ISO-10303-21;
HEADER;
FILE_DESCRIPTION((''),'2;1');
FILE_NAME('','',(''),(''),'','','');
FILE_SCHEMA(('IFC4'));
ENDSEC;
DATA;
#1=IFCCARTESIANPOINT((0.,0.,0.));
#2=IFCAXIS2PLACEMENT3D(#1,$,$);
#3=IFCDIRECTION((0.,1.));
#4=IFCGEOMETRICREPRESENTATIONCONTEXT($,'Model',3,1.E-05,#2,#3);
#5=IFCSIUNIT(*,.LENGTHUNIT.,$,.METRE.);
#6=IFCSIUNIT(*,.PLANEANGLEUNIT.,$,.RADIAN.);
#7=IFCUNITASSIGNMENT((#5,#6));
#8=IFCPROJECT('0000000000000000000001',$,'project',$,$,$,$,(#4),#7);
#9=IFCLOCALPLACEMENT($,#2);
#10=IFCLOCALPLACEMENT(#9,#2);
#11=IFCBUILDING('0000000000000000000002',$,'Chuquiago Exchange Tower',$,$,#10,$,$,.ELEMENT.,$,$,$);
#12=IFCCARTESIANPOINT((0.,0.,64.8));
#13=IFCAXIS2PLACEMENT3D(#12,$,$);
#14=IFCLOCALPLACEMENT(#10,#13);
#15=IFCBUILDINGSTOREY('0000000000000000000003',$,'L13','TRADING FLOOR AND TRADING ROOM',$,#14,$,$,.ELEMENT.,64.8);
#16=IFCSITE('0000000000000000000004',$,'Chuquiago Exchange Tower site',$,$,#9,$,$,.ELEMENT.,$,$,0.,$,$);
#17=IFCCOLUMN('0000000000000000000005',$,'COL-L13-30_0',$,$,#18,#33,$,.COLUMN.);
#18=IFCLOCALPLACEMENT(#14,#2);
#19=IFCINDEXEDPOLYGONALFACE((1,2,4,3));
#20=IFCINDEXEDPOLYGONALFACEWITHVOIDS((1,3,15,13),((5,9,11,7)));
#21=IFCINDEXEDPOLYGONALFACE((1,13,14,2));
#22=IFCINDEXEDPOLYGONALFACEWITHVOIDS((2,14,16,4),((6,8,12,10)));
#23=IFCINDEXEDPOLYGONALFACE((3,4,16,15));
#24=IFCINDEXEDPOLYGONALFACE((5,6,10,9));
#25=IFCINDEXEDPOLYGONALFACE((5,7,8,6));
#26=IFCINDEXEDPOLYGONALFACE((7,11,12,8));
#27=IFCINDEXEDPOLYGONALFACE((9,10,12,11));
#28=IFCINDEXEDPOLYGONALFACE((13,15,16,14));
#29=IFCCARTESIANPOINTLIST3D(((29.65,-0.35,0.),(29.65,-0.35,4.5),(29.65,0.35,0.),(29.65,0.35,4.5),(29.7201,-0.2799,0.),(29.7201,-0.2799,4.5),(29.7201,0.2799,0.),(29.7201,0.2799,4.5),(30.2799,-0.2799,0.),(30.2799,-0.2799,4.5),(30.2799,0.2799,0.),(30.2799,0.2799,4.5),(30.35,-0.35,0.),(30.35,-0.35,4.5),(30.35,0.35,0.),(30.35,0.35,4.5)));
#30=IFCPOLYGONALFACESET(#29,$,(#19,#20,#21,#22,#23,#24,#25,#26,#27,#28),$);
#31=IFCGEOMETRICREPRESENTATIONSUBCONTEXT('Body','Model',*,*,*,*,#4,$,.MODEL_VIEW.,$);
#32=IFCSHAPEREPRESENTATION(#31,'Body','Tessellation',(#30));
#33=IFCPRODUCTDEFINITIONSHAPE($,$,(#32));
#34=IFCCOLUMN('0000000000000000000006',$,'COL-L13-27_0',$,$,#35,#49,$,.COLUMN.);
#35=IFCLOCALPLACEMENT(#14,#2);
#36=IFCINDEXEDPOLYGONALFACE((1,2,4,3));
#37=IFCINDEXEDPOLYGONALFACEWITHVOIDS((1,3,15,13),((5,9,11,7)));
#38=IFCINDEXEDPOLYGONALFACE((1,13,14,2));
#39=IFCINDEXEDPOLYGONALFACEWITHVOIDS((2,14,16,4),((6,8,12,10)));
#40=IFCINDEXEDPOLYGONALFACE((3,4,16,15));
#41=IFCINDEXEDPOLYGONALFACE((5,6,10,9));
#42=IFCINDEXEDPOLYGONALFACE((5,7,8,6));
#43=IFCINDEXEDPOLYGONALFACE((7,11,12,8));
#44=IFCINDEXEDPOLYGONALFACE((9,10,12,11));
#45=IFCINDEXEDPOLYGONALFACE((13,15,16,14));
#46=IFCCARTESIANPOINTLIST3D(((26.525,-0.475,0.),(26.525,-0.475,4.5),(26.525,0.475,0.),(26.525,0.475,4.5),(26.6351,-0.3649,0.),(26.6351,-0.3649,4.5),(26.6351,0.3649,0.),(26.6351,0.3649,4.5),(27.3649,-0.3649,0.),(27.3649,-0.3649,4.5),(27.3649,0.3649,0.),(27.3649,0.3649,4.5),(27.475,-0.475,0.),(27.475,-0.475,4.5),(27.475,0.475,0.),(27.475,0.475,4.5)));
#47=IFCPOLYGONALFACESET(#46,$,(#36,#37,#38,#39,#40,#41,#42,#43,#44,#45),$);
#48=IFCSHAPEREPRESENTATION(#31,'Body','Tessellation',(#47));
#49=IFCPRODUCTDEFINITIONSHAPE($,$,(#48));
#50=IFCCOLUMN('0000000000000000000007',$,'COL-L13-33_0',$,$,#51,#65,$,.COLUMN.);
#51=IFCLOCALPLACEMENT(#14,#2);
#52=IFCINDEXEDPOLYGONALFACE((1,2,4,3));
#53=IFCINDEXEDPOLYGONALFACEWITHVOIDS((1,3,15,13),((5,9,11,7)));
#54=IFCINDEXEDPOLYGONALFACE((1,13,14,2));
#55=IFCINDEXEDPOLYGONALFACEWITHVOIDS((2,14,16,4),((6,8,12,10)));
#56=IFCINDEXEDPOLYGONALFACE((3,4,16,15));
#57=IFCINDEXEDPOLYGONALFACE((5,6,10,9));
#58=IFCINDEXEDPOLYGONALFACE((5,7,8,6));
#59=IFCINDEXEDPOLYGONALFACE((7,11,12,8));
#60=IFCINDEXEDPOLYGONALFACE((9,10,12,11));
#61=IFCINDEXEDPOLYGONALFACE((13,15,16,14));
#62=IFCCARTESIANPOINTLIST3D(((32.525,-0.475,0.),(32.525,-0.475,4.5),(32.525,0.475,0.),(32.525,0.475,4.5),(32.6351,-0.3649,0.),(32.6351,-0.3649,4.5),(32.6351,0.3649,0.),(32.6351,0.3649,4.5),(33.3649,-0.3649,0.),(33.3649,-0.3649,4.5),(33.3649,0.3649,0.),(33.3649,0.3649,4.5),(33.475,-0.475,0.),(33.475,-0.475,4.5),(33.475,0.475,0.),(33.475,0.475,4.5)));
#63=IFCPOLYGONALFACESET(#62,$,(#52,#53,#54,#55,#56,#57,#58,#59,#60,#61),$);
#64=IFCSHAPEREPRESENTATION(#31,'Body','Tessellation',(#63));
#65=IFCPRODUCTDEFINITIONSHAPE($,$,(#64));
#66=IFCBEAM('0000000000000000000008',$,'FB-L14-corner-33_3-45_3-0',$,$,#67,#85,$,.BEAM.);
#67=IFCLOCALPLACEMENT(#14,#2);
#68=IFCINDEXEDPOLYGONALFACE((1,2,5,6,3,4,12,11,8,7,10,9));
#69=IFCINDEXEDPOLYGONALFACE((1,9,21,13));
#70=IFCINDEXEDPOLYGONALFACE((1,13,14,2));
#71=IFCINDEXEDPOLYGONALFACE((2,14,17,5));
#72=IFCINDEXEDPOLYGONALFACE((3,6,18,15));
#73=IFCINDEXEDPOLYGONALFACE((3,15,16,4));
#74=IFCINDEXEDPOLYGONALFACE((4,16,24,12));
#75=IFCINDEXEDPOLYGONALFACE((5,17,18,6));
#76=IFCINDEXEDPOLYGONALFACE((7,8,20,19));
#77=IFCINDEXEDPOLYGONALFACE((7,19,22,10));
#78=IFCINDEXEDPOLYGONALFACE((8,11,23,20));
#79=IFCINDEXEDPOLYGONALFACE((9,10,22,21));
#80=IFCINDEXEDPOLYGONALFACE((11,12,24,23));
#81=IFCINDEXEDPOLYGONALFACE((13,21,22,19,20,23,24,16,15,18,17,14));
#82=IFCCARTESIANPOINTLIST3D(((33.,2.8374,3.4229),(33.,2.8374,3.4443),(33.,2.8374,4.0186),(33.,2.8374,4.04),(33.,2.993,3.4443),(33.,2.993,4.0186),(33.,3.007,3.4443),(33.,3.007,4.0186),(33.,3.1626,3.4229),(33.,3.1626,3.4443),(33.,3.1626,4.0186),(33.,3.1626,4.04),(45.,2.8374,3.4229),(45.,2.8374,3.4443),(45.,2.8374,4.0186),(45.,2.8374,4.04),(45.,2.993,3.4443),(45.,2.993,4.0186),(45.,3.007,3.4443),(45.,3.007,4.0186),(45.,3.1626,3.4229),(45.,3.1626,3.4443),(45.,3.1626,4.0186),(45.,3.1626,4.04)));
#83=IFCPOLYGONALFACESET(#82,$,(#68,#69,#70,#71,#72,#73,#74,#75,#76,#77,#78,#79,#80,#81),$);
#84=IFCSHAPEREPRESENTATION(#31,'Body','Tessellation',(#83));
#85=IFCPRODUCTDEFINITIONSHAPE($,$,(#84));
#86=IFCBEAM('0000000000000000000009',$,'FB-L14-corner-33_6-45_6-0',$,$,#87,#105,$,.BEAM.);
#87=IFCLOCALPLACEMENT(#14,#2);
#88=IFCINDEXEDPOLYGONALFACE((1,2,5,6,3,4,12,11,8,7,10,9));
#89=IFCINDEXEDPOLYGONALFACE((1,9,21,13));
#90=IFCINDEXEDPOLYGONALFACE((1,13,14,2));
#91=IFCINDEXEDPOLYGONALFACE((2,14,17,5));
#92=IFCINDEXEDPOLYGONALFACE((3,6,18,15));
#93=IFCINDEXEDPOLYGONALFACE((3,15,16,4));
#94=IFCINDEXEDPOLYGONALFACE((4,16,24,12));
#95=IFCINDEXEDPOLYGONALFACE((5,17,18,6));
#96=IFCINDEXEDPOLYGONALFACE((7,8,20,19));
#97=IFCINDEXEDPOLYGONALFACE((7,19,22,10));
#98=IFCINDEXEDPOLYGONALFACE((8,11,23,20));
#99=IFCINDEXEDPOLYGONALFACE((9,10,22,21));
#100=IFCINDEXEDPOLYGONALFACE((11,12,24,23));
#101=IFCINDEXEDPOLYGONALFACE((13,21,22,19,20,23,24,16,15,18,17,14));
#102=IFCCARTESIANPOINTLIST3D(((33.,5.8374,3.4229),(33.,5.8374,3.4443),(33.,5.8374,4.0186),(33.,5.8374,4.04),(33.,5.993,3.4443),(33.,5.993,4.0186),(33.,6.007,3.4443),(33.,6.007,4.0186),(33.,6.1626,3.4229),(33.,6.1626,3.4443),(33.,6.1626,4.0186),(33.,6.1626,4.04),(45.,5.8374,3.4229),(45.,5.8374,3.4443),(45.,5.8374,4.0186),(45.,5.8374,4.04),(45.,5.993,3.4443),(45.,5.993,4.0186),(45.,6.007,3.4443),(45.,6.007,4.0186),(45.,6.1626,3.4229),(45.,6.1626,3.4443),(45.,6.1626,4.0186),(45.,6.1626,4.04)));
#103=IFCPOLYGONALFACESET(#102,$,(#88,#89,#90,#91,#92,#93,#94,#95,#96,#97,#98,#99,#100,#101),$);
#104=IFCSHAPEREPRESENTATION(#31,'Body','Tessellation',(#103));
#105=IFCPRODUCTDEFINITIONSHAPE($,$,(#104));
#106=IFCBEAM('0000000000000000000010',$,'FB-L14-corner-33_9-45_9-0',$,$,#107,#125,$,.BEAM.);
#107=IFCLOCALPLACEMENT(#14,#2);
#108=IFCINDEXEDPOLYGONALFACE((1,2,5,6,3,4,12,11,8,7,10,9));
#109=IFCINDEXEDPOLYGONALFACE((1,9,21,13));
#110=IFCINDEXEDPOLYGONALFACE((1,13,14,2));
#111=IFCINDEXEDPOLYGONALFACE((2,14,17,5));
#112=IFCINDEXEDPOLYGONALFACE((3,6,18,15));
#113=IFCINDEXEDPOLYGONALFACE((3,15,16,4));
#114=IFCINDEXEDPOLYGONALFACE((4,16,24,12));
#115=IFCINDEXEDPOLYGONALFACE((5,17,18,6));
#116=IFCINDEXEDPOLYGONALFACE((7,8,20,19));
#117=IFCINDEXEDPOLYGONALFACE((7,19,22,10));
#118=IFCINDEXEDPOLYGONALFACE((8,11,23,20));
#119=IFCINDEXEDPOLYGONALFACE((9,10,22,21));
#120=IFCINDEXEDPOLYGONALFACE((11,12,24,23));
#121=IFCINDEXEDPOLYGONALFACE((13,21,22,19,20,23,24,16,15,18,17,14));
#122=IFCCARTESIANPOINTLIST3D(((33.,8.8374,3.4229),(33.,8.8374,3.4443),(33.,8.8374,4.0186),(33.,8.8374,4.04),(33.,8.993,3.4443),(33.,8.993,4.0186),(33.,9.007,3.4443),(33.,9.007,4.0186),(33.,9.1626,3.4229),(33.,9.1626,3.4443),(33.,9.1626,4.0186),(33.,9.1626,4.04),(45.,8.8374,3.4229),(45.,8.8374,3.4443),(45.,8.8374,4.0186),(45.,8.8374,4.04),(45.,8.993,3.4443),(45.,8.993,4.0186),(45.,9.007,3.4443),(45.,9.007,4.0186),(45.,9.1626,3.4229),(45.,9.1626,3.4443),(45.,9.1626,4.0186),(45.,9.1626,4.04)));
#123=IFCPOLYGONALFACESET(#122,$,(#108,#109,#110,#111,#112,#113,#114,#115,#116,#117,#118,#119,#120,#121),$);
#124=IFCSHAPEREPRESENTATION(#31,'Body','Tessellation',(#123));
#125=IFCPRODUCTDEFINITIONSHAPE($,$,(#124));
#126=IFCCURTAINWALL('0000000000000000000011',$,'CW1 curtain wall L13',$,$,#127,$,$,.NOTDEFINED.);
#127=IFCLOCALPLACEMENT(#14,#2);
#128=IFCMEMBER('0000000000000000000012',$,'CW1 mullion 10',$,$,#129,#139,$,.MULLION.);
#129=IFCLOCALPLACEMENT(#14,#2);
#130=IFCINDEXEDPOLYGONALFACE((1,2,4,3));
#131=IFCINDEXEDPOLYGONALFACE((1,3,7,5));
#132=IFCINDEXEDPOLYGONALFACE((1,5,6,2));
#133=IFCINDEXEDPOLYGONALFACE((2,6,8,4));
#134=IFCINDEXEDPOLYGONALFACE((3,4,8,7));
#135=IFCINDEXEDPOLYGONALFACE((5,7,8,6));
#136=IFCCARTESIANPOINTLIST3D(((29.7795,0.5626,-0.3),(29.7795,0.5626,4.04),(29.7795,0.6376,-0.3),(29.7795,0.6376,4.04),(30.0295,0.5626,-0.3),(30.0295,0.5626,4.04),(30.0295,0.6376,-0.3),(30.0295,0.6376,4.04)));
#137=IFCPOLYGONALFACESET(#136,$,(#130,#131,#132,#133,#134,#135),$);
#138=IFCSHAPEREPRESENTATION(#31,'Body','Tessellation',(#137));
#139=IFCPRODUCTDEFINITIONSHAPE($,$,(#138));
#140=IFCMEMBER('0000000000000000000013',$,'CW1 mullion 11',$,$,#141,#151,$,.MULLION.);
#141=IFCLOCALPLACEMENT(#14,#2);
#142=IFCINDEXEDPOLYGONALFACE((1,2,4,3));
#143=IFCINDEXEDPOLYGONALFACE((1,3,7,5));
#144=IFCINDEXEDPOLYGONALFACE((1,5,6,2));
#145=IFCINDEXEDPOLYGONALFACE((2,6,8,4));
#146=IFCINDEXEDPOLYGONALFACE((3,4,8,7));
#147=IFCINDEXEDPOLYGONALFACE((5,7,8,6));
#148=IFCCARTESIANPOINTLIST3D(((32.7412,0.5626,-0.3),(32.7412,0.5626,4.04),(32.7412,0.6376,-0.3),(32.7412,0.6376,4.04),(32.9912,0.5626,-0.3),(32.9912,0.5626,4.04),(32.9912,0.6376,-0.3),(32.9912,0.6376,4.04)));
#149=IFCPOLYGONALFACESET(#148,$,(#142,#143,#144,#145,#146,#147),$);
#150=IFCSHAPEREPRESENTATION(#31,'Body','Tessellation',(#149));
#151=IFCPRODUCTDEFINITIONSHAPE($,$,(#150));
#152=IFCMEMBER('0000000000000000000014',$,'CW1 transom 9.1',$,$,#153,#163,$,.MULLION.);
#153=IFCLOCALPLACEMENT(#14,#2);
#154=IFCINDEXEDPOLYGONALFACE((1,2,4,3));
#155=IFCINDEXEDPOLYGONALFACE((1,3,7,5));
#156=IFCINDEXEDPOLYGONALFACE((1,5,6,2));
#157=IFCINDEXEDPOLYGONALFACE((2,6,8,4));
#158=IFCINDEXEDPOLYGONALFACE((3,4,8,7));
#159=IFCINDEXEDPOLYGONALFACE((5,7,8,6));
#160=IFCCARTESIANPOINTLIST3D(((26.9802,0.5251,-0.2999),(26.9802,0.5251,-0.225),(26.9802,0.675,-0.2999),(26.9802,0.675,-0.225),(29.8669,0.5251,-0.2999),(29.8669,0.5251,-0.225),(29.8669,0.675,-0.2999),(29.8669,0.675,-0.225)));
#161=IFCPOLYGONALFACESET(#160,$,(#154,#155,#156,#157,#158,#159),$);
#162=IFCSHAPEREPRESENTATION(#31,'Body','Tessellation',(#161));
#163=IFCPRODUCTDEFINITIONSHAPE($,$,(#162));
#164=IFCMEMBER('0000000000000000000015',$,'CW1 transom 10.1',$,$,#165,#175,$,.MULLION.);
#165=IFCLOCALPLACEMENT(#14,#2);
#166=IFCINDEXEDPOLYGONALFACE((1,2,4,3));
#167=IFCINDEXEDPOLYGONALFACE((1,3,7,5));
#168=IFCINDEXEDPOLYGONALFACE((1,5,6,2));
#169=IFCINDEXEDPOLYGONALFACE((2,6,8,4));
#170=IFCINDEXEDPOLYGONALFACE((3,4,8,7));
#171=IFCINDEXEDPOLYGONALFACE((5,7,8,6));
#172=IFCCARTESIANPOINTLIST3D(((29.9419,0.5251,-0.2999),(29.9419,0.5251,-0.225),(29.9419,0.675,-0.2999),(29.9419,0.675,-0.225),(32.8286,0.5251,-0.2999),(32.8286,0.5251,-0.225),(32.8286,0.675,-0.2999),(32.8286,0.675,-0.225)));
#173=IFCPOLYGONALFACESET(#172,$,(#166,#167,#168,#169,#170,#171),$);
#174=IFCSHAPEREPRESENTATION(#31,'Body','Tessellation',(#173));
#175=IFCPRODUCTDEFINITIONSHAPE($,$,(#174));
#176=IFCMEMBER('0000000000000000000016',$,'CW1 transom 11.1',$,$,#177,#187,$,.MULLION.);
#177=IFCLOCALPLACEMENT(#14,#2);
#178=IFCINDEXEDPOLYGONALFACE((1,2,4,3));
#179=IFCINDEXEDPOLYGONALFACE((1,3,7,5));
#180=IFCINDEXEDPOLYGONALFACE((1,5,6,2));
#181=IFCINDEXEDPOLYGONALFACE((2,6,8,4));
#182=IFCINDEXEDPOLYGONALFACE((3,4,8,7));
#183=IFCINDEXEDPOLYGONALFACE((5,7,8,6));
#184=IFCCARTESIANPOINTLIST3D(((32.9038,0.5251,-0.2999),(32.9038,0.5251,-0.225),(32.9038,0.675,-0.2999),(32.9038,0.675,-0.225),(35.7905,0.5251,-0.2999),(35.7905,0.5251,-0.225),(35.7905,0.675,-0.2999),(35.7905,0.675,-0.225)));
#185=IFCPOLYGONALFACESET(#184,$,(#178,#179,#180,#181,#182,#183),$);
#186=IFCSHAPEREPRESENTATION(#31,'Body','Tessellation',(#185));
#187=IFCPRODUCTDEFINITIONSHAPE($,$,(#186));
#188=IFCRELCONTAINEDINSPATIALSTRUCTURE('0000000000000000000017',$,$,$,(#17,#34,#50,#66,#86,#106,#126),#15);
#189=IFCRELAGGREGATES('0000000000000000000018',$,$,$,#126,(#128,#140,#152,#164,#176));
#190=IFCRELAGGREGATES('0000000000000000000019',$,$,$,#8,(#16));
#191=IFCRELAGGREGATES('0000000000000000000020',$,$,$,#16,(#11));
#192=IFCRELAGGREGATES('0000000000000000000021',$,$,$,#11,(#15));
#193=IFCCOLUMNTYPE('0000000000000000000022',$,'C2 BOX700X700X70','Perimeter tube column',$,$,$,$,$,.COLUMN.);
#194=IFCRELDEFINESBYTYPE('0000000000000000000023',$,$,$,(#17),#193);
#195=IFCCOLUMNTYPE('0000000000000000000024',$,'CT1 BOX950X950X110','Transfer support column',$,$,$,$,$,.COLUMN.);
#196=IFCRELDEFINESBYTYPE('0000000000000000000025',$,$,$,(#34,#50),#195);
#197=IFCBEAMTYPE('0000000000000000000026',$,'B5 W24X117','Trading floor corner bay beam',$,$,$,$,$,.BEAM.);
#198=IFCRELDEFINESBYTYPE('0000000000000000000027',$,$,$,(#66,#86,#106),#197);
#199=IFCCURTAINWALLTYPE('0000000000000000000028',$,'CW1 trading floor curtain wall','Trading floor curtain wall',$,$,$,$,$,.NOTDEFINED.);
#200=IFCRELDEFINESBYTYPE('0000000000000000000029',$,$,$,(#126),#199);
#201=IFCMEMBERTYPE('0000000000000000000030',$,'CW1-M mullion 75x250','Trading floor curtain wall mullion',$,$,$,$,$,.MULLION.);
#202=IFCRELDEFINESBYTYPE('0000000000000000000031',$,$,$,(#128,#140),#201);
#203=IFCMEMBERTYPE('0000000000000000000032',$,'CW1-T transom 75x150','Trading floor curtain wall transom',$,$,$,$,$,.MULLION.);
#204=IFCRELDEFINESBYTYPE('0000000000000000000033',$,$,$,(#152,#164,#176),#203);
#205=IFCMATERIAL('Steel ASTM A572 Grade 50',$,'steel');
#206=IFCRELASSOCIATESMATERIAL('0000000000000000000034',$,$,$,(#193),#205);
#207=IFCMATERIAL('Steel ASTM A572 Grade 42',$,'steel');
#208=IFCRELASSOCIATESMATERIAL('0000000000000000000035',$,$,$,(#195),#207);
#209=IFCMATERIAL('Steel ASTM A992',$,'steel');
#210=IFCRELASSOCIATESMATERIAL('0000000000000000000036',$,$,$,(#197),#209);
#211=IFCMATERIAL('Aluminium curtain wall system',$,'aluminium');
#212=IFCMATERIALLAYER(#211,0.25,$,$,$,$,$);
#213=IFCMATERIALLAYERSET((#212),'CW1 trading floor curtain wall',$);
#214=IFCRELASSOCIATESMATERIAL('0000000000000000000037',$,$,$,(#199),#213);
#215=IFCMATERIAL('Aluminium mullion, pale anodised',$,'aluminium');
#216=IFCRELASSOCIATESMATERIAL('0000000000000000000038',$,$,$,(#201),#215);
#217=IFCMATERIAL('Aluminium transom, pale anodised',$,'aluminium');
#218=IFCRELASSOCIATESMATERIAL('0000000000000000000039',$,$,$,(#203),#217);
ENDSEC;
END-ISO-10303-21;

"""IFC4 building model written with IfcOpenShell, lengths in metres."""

from ifc_helpers import new_model, si_unit, direction, frame, origin, origin_2d, place, context, subcontext, project, spatial, rectangle, hollow_rectangle, i_section, extrude, material, layer, layer_set, material_profile, profile_set, type_object, element, aggregate, save


model = new_model("IFC4")

# Units and contexts
model_context = context("Model", 3, precision=1e-05, world=origin(), true_north=direction((0.0, 1.0)))
body_context = subcontext(model_context, "Body", "Model", "MODEL_VIEW")
ifc_project = project(units=[si_unit("LENGTHUNIT", "METRE"), si_unit("PLANEANGLEUNIT", "RADIAN")], contexts=[model_context])

# Site, building, storey
site_placement = place(None, origin())
site = spatial("IfcSite", under=ifc_project, at=site_placement, Name="Chuquiago Exchange Tower site", CompositionType="ELEMENT", RefElevation=0.0)
building_placement = place(site_placement, origin())
building = spatial("IfcBuilding", under=site, at=building_placement, Name="Chuquiago Exchange Tower", CompositionType="ELEMENT")
storey_placement = place(building_placement, frame((0.0, 0.0, 64.8)))
storey = spatial("IfcBuildingStorey", under=building, at=storey_placement, Name="L13", Description="TRADING FLOOR AND TRADING ROOM", CompositionType="ELEMENT", Elevation=64.8)

# Columns
ifc_material_1 = material(Name="Steel ASTM A572 Grade 50", Category="steel")
ifc_material_profile_1 = material_profile(ifc_material_1, hollow_rectangle(XDim=0.7, YDim=0.7, WallThickness=0.0701, at=origin_2d()), Name="BOX700X700X70")
ifc_profile_set_1 = profile_set([ifc_material_profile_1], Name="Steel ASTM A572 Grade 50")
column_type_1 = type_object("IfcColumnType", Name="C2 BOX700X700X70", Description="Perimeter tube column", PredefinedType="COLUMN", material=ifc_profile_set_1)
column_placement = place(storey_placement, frame((30.0, 0.0, 0.0), z_axis=(0.0, 0.0, 1.0), x_axis=(0.0, -1.0, 0.0)))
element("IfcColumn", 1, at=column_placement, inside=storey, type_object=column_type_1, Name="COL-L13-30_0", PredefinedType="COLUMN", context=body_context, shape_type="SweptSolid", body=[
    extrude(hollow_rectangle(XDim=0.7, YDim=0.7, WallThickness=0.0701, at=origin_2d()), origin(), (0.0, 0.0, 1.0), 4.5),
])
ifc_material_2 = material(Name="Steel ASTM A572 Grade 42", Category="steel")
ifc_material_profile_2 = material_profile(ifc_material_2, hollow_rectangle(XDim=0.95, YDim=0.95, WallThickness=0.1101, at=origin_2d()), Name="BOX950X950X110")
ifc_profile_set_2 = profile_set([ifc_material_profile_2], Name="Steel ASTM A572 Grade 42")
column_type_2 = type_object("IfcColumnType", Name="CT1 BOX950X950X110", Description="Transfer support column", PredefinedType="COLUMN", material=ifc_profile_set_2)
for number, where, z_axis, x_axis, name in (
    (2, (27.0, 0.0, 0.0), (0.0, 0.0, 1.0), (0.0, -1.0, 0.0), "COL-L13-27_0"),
    (3, (33.0, 0.0, 0.0), (0.0, 0.0, 1.0), (0.0, -1.0, 0.0), "COL-L13-33_0"),
):
    element("IfcColumn", number, at=place(storey_placement, frame(where, z_axis=z_axis, x_axis=x_axis)), inside=storey, type_object=column_type_2, Name=name, PredefinedType="COLUMN", context=body_context, shape_type="SweptSolid", body=[
        extrude(hollow_rectangle(XDim=0.95, YDim=0.95, WallThickness=0.1101, at=origin_2d()), origin(), (0.0, 0.0, 1.0), 4.5),
    ])

# Beams
ifc_material_3 = material(Name="Steel ASTM A992", Category="steel")
ifc_material_profile_3 = material_profile(ifc_material_3, i_section(OverallWidth=0.3252, OverallDepth=0.6172, WebThickness=0.0139, FlangeThickness=0.0215, at=origin_2d()), Name="W24X117")
ifc_profile_set_3 = profile_set([ifc_material_profile_3], Name="Steel ASTM A992")
beam_type_1 = type_object("IfcBeamType", Name="B5 W24X117", Description="Trading floor corner bay beam", PredefinedType="BEAM", material=ifc_profile_set_3)
for number, where, z_axis, x_axis, name in (
    (4, (33.0, 3.0, 3.7314), (1.0, 0.0, 0.0), (0.0, 1.0, 0.0), "FB-L14-corner-33_3-45_3-0"),
    (5, (33.0, 6.0, 3.7314), (1.0, 0.0, 0.0), (0.0, 1.0, 0.0), "FB-L14-corner-33_6-45_6-0"),
    (6, (33.0, 9.0, 3.7314), (1.0, 0.0, 0.0), (0.0, 1.0, 0.0), "FB-L14-corner-33_9-45_9-0"),
):
    element("IfcBeam", number, at=place(storey_placement, frame(where, z_axis=z_axis, x_axis=x_axis)), inside=storey, type_object=beam_type_1, Name=name, PredefinedType="BEAM", context=body_context, shape_type="SweptSolid", body=[
        extrude(i_section(OverallWidth=0.3252, OverallDepth=0.6172, WebThickness=0.0139, FlangeThickness=0.0215, at=origin_2d()), origin(), (0.0, 0.0, 1.0), 12.0),
    ])

# Curtain wall, members
ifc_material_4 = material(Name="Aluminium curtain wall system", Category="aluminium")
ifc_layer_1 = layer(ifc_material_4, 0.25)
ifc_layer_set_1 = layer_set([ifc_layer_1], Name="CW1 trading floor curtain wall")
curtain_wall_type = type_object("IfcCurtainWallType", Name="CW1 trading floor curtain wall", Description="Trading floor curtain wall", PredefinedType="NOTDEFINED", material=ifc_layer_set_1)
curtain_wall_placement = place(storey_placement, origin())
curtain_wall = element("IfcCurtainWall", 7, at=curtain_wall_placement, inside=storey, type_object=curtain_wall_type, Name="CW1 curtain wall L13", PredefinedType="NOTDEFINED")
ifc_material_5 = material(Name="Aluminium mullion, pale anodised", Category="aluminium")
ifc_material_profile_4 = material_profile(ifc_material_5, rectangle(XDim=0.075, YDim=0.25, at=origin_2d()), Name="AL 75x250")
ifc_profile_set_4 = profile_set([ifc_material_profile_4], Name="Aluminium mullion, pale anodised")
member_type_1 = type_object("IfcMemberType", Name="CW1-M mullion 75x250", Description="Trading floor curtain wall mullion", PredefinedType="MULLION", material=ifc_profile_set_4)
member_1_placement = place(storey_placement, frame((29.9045, 0.6001, -0.3), z_axis=(0.0, 0.0, 1.0), x_axis=(0.0, 1.0, 0.0)))
member_1 = element("IfcMember", 8, at=member_1_placement, type_object=member_type_1, Name="CW1 mullion 10", PredefinedType="MULLION", context=body_context, shape_type="SweptSolid", body=[
    extrude(rectangle(XDim=0.075, YDim=0.25, at=origin_2d()), origin(), (0.0, 0.0, 1.0), 4.3401),
])
member_2_placement = place(storey_placement, frame((32.8662, 0.6001, -0.3), z_axis=(0.0, 0.0, 1.0), x_axis=(0.0, 1.0, 0.0)))
member_2 = element("IfcMember", 9, at=member_2_placement, type_object=member_type_1, Name="CW1 mullion 11", PredefinedType="MULLION", context=body_context, shape_type="SweptSolid", body=[
    extrude(rectangle(XDim=0.075, YDim=0.25, at=origin_2d()), origin(), (0.0, 0.0, 1.0), 4.3401),
])
ifc_material_6 = material(Name="Aluminium transom, pale anodised", Category="aluminium")
ifc_material_profile_5 = material_profile(ifc_material_6, rectangle(XDim=0.1499, YDim=0.075, at=origin_2d()), Name="AL 150x75")
ifc_profile_set_5 = profile_set([ifc_material_profile_5], Name="Aluminium transom, pale anodised")
member_type_2 = type_object("IfcMemberType", Name="CW1-T transom 75x150", Description="Trading floor curtain wall transom", PredefinedType="MULLION", material=ifc_profile_set_5)
member_3_placement = place(storey_placement, frame((26.9802, 0.6001, -0.2625), z_axis=(1.0, 0.0, 0.0), x_axis=(0.0, 1.0, 0.0)))
member_3 = element("IfcMember", 10, at=member_3_placement, type_object=member_type_2, Name="CW1 transom 9.1", PredefinedType="MULLION", context=body_context, shape_type="SweptSolid", body=[
    extrude(rectangle(XDim=0.1499, YDim=0.075, at=origin_2d()), origin(), (0.0, 0.0, 1.0), 2.8867),
])
member_4_placement = place(storey_placement, frame((29.9419, 0.6001, -0.2625), z_axis=(1.0, 0.0, 0.0), x_axis=(0.0, 1.0, 0.0)))
member_4 = element("IfcMember", 11, at=member_4_placement, type_object=member_type_2, Name="CW1 transom 10.1", PredefinedType="MULLION", context=body_context, shape_type="SweptSolid", body=[
    extrude(rectangle(XDim=0.1499, YDim=0.075, at=origin_2d()), origin(), (0.0, 0.0, 1.0), 2.8867),
])
member_5_placement = place(storey_placement, frame((32.9038, 0.6001, -0.2625), z_axis=(1.0, 0.0, 0.0), x_axis=(0.0, 1.0, 0.0)))
member_5 = element("IfcMember", 12, at=member_5_placement, type_object=member_type_2, Name="CW1 transom 11.1", PredefinedType="MULLION", context=body_context, shape_type="SweptSolid", body=[
    extrude(rectangle(XDim=0.1499, YDim=0.075, at=origin_2d()), origin(), (0.0, 0.0, 1.0), 2.8867),
])

aggregate(curtain_wall, [member_1, member_2, member_3, member_4, member_5])

save(model, "model.ifc")
